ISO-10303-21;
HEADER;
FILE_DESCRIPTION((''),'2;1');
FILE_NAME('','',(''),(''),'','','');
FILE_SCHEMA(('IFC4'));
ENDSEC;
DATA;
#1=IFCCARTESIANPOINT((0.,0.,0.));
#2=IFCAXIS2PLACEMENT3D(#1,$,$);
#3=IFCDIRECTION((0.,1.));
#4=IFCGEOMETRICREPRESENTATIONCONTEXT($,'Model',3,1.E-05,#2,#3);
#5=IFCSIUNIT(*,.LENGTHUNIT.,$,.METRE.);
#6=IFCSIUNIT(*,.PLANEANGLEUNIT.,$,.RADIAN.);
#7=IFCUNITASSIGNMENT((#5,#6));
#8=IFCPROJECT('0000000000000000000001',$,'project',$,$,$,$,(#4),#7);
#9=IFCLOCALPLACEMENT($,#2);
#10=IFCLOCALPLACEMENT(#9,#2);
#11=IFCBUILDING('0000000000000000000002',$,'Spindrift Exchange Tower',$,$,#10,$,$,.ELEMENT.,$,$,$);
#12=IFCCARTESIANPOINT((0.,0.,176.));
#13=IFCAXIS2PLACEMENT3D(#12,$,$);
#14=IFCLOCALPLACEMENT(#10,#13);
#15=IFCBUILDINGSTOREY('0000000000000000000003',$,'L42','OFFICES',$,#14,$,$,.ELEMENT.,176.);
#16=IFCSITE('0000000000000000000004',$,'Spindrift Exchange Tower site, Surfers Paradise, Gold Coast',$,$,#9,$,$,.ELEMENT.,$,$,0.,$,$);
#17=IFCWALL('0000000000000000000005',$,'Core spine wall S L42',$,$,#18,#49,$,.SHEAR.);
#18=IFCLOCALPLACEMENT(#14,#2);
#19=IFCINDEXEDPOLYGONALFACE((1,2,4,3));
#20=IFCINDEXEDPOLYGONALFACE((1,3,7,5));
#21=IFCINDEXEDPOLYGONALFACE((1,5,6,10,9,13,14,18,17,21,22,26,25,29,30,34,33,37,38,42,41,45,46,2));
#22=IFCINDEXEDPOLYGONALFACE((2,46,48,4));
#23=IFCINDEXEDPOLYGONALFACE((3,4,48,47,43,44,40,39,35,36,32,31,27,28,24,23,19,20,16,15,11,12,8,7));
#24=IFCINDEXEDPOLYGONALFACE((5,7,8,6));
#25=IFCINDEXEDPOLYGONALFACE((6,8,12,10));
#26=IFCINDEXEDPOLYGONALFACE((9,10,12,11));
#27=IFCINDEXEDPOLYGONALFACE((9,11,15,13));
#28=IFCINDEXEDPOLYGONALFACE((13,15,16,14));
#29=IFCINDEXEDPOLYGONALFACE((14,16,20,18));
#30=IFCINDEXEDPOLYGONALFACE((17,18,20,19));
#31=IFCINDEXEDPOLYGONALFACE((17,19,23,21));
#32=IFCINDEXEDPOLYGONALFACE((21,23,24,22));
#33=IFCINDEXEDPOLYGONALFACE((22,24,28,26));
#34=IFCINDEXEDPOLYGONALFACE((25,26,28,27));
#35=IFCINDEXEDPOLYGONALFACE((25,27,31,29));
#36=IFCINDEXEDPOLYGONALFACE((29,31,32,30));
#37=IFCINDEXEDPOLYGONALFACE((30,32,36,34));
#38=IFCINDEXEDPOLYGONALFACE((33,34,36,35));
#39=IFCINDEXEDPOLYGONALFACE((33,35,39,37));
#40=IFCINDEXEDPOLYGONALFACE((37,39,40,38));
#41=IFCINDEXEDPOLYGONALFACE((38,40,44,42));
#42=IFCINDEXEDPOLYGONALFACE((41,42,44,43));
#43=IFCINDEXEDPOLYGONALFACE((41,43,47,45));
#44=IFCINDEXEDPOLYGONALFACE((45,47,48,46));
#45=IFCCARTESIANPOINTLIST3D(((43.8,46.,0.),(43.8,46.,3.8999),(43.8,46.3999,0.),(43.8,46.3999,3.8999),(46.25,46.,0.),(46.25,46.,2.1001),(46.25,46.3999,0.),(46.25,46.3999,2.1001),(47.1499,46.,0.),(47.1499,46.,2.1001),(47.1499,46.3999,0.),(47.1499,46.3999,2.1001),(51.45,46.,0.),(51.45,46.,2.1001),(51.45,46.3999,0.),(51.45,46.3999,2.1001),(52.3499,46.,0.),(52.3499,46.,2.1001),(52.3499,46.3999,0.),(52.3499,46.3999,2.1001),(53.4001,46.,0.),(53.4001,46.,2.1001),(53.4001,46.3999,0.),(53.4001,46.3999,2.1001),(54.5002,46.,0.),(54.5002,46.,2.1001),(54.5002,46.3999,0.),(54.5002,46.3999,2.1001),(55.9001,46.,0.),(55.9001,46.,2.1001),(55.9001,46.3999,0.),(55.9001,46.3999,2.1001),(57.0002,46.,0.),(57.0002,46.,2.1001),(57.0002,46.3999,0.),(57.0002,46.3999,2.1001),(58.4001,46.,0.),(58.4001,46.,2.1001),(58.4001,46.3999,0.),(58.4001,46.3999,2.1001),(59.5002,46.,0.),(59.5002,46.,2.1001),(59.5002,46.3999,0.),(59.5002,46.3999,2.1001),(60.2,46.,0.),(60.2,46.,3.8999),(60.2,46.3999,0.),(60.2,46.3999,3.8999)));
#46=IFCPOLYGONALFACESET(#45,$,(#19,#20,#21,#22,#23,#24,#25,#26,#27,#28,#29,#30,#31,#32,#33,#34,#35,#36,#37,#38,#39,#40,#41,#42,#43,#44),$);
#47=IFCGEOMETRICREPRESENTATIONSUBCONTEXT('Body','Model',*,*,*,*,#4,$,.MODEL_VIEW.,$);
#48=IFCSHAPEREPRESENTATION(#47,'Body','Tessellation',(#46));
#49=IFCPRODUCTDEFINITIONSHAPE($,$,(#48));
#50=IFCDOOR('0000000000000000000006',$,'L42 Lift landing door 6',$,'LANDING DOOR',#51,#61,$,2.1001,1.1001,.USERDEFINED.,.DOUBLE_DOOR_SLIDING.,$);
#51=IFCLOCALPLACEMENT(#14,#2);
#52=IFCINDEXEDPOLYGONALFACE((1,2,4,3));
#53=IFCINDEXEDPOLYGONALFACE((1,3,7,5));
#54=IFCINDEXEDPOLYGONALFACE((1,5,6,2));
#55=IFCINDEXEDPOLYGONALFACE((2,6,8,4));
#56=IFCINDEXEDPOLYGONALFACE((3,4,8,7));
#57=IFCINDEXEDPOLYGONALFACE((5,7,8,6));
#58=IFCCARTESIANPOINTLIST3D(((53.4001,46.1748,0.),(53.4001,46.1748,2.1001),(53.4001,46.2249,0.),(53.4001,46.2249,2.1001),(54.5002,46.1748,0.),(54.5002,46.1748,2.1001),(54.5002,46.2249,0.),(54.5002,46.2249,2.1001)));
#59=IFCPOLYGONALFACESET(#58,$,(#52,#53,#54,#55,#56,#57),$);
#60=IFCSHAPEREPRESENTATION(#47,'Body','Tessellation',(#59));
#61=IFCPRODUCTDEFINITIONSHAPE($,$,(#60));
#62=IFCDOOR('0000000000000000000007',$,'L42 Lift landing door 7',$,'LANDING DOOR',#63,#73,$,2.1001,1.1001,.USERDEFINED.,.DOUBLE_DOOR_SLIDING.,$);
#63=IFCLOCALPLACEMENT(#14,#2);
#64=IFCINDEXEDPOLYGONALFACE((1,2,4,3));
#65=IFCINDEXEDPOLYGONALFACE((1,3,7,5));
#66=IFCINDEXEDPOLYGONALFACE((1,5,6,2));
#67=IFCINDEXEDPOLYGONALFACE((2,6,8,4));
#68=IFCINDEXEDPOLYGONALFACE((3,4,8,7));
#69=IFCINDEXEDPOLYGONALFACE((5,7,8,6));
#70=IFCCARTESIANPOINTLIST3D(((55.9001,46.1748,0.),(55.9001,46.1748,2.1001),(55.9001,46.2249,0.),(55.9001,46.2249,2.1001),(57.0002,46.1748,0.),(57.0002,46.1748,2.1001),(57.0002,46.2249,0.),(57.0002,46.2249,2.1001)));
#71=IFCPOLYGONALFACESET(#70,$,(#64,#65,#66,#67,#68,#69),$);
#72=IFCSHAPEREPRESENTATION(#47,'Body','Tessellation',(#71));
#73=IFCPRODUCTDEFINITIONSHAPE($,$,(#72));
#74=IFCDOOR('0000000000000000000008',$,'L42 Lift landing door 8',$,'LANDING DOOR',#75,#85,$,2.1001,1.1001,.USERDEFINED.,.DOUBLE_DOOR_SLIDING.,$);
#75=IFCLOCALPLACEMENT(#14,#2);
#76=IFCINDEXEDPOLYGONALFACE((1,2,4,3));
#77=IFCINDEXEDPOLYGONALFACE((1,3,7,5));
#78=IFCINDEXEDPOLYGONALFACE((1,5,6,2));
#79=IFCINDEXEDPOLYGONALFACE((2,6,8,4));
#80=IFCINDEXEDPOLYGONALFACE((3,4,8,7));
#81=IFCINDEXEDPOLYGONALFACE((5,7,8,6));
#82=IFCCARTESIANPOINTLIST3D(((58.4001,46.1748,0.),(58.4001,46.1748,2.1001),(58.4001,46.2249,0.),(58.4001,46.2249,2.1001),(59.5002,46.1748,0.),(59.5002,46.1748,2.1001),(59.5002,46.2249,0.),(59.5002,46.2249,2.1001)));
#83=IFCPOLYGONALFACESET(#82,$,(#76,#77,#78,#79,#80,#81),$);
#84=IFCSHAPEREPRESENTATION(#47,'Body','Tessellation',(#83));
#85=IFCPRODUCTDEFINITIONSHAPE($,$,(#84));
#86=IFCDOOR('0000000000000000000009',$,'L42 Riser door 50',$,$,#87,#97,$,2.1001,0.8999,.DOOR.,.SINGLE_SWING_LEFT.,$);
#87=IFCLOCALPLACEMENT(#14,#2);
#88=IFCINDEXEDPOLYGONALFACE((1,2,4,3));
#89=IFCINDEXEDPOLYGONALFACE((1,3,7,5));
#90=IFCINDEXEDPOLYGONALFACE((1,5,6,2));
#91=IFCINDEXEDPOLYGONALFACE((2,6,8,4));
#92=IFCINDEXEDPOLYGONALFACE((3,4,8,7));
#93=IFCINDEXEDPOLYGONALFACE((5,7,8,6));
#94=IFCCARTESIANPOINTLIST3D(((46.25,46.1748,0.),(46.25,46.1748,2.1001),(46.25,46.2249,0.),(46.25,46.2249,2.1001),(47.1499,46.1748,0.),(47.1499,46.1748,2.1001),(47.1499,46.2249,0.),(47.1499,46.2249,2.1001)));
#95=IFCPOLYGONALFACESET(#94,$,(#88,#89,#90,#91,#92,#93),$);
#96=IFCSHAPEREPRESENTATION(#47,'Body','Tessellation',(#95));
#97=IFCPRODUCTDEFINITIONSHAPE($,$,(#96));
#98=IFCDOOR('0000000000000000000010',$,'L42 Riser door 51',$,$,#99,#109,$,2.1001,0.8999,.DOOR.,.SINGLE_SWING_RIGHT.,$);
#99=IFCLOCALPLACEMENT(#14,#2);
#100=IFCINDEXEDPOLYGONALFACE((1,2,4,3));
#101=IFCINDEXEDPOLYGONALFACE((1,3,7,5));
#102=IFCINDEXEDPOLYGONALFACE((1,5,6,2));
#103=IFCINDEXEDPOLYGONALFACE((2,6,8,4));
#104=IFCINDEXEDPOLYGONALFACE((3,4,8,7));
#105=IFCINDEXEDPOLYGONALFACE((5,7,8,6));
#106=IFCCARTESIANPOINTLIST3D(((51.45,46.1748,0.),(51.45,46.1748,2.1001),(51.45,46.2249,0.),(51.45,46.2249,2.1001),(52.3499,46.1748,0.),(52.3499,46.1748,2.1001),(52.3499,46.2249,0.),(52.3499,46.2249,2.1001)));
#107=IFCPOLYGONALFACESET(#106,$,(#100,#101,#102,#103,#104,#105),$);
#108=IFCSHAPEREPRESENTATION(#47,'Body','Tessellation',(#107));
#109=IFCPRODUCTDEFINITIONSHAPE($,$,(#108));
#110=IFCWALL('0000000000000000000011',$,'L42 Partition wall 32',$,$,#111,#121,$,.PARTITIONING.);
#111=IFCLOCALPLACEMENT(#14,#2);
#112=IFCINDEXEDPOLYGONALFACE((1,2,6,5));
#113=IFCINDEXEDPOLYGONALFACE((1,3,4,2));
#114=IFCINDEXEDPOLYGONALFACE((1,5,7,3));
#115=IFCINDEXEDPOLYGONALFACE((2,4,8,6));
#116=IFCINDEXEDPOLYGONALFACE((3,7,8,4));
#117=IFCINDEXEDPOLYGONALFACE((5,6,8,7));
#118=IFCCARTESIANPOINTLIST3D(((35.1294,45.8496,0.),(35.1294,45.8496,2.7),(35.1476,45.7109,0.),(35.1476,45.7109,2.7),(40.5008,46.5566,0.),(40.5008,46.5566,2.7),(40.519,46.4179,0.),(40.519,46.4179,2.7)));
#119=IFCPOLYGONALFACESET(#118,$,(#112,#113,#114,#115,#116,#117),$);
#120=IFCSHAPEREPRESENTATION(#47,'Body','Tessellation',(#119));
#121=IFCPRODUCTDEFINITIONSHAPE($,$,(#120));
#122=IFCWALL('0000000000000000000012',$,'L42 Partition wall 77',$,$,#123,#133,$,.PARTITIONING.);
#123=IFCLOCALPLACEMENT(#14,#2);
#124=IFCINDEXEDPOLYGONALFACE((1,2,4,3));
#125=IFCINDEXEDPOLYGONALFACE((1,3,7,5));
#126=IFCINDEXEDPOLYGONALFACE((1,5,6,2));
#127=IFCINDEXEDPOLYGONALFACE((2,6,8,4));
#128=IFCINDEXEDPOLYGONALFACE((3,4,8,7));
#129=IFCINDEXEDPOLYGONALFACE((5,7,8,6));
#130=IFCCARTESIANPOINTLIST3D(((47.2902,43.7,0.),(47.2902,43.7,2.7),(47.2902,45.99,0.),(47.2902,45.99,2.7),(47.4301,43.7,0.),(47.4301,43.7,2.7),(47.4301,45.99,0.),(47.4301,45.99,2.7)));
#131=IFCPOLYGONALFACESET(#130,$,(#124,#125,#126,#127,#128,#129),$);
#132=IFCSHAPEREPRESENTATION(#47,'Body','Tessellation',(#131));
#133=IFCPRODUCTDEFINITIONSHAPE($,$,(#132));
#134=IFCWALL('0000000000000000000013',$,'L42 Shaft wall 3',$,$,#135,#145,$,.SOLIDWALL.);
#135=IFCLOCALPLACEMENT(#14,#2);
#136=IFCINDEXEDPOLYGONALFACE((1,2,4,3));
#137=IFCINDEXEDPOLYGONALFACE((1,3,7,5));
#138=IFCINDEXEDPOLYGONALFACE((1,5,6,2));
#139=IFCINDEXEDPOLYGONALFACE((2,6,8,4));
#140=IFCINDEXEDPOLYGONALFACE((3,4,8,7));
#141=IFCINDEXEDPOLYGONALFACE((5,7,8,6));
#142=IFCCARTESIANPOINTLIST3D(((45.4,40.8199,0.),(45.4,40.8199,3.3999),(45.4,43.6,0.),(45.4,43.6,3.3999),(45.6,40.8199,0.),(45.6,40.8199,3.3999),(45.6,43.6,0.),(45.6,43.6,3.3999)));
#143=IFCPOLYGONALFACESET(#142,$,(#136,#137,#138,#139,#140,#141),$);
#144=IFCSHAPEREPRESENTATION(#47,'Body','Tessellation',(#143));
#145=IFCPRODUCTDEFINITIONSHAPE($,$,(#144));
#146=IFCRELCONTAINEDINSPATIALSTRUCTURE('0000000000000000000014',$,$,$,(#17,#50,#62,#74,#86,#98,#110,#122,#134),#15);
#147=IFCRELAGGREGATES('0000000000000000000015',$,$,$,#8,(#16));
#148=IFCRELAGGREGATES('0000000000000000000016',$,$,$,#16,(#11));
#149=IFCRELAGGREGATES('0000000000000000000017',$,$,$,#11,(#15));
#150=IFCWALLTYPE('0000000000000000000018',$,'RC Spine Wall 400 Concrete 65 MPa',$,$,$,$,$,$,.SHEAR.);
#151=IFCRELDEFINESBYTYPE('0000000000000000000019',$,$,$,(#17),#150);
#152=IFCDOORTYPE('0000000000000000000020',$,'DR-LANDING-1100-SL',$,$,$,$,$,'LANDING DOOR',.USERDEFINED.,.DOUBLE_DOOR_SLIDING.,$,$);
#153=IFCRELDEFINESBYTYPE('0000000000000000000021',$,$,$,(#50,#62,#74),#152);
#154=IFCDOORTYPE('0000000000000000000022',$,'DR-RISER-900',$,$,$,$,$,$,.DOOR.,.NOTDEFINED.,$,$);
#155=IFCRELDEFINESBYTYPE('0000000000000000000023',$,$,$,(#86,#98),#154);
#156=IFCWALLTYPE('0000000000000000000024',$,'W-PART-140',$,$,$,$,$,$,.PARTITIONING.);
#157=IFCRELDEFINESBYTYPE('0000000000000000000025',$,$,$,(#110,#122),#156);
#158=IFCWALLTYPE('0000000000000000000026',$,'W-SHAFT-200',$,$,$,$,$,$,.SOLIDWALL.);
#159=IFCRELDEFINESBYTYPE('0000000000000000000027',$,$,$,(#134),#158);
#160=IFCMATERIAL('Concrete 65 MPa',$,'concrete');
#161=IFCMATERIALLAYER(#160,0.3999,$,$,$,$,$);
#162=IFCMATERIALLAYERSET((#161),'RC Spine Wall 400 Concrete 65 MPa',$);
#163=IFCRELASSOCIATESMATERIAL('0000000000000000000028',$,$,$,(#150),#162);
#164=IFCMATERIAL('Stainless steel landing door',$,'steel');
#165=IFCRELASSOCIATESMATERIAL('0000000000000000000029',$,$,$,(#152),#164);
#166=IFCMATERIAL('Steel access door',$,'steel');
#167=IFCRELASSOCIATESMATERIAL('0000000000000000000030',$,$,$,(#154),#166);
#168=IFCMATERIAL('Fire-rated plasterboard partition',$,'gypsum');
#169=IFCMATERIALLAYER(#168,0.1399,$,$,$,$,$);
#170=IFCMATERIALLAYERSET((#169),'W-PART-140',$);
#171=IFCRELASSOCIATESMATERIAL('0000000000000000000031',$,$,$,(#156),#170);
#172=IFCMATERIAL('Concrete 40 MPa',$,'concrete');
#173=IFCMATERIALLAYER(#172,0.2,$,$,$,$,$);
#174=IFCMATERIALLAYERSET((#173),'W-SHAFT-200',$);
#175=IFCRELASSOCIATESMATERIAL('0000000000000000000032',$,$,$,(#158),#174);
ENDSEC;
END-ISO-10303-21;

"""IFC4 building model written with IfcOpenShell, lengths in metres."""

from ifc_helpers import new_model, si_unit, direction, frame, frame_2d, origin, place, context, subcontext, project, spatial, rectangle, extrude, source, transform, mapped, material, layer, layer_set, type_object, element, fill, save


model = new_model("IFC4")

# Units and contexts
model_context = context("Model", 3, precision=1e-05, world=origin(), true_north=direction((0.0, 1.0)))
body_context = subcontext(model_context, "Body", "Model", "MODEL_VIEW")
ifc_project = project(units=[si_unit("LENGTHUNIT", "METRE"), si_unit("PLANEANGLEUNIT", "RADIAN")], contexts=[model_context])

# Site, building, storey
site_placement = place(None, origin())
site = spatial("IfcSite", under=ifc_project, at=site_placement, Name="Spindrift Exchange Tower site, Surfers Paradise, Gold Coast", CompositionType="ELEMENT", RefElevation=0.0)
building_placement = place(site_placement, origin())
building = spatial("IfcBuilding", under=site, at=building_placement, Name="Spindrift Exchange Tower", CompositionType="ELEMENT")
storey_placement = place(building_placement, frame((0.0, 0.0, 176.0)))
storey = spatial("IfcBuildingStorey", under=building, at=storey_placement, Name="L42", Description="OFFICES", CompositionType="ELEMENT", Elevation=176.0)

# Wall, openings, doors
ifc_material_1 = material(Name="Concrete 65 MPa", Category="concrete")
ifc_material_2 = material(Name="Steel access door", Category="steel")
ifc_layer_1 = layer(ifc_material_1, 0.3999)
ifc_layer_set_1 = layer_set([ifc_layer_1], Name="RC Spine Wall 400 Concrete 65 MPa")
wall_type_1 = type_object("IfcWallType", Name="RC Spine Wall 400 Concrete 65 MPa", PredefinedType="SHEAR", material=ifc_layer_set_1)
wall_1_placement = place(storey_placement, frame((43.8, 46.2, 0.0), z_axis=(0.0, 0.0, 1.0), x_axis=(1.0, 0.0, 0.0)))
wall_1 = element("IfcWall", 1, at=wall_1_placement, inside=storey, type_object=wall_type_1, Name="Core spine wall S L42", PredefinedType="SHEAR", context=body_context, shape_type="SweptSolid", body=[
    extrude(rectangle(XDim=16.3999, YDim=0.3999, at=frame_2d((8.2, 0.0))), origin(), (0.0, 0.0, 1.0), 3.8999),
])
opening_1_placement = place(wall_1_placement, frame((9.6001, 0.0, 0.0)))
opening_1 = element("IfcOpeningElement", 2, at=opening_1_placement, cuts=wall_1, PredefinedType="OPENING", context=body_context, shape_type="SweptSolid", body=[
    extrude(rectangle(XDim=1.1001, YDim=2.1001, at=frame_2d((0.55, 1.05))), frame((0.0, 0.21, 0.0), z_axis=(0.0, -1.0, 0.0), x_axis=(1.0, 0.0, 0.0)), (0.0, 0.0, 1.0), 0.4199),
])
opening_2_placement = place(wall_1_placement, frame((12.1001, 0.0, 0.0)))
opening_2 = element("IfcOpeningElement", 3, at=opening_2_placement, cuts=wall_1, PredefinedType="OPENING", context=body_context, shape_type="SweptSolid", body=[
    extrude(rectangle(XDim=1.1001, YDim=2.1001, at=frame_2d((0.55, 1.05))), frame((0.0, 0.21, 0.0), z_axis=(0.0, -1.0, 0.0), x_axis=(1.0, 0.0, 0.0)), (0.0, 0.0, 1.0), 0.4199),
])
opening_3_placement = place(wall_1_placement, frame((14.6001, 0.0, 0.0)))
opening_3 = element("IfcOpeningElement", 4, at=opening_3_placement, cuts=wall_1, PredefinedType="OPENING", context=body_context, shape_type="SweptSolid", body=[
    extrude(rectangle(XDim=1.1001, YDim=2.1001, at=frame_2d((0.55, 1.05))), frame((0.0, 0.21, 0.0), z_axis=(0.0, -1.0, 0.0), x_axis=(1.0, 0.0, 0.0)), (0.0, 0.0, 1.0), 0.4199),
])
opening_4_placement = place(wall_1_placement, frame((2.45, 0.0, 0.0)))
opening_4 = element("IfcOpeningElement", 5, at=opening_4_placement, cuts=wall_1, PredefinedType="OPENING", context=body_context, shape_type="SweptSolid", body=[
    extrude(rectangle(XDim=0.8999, YDim=2.1001, at=frame_2d((0.45, 1.05))), frame((0.0, 0.21, 0.0), z_axis=(0.0, -1.0, 0.0), x_axis=(1.0, 0.0, 0.0)), (0.0, 0.0, 1.0), 0.4199),
])
opening_5_placement = place(wall_1_placement, frame((7.6499, 0.0, 0.0)))
opening_5 = element("IfcOpeningElement", 6, at=opening_5_placement, cuts=wall_1, PredefinedType="OPENING", context=body_context, shape_type="SweptSolid", body=[
    extrude(rectangle(XDim=0.8999, YDim=2.1001, at=frame_2d((0.45, 1.05))), frame((0.0, 0.21, 0.0), z_axis=(0.0, -1.0, 0.0), x_axis=(1.0, 0.0, 0.0)), (0.0, 0.0, 1.0), 0.4199),
])
ifc_material_3 = material(Name="Stainless steel landing door", Category="steel")
door_type_1 = type_object("IfcDoorType", Name="DR-LANDING-1100-SL", ElementType="LANDING DOOR", OperationType="DOUBLE_DOOR_SLIDING", PredefinedType="USERDEFINED", material=ifc_material_3)
shared_shape_1 = source(origin(), body_context, "Body", "SweptSolid", [
    extrude(rectangle(XDim=1.1001, YDim=2.1001, at=frame_2d((0.55, 1.05))), frame((0.0, 0.0249, 0.0), z_axis=(0.0, -1.0, 0.0), x_axis=(1.0, 0.0, 0.0)), (0.0, 0.0, 1.0), 0.05),
])
door_1_placement = place(opening_1_placement, origin())
door_1 = element("IfcDoor", 7, at=door_1_placement, inside=storey, type_object=door_type_1, Name="L42 Lift landing door 6", ObjectType="LANDING DOOR", OperationType="DOUBLE_DOOR_SLIDING", OverallHeight=2.1001, OverallWidth=1.1001, PredefinedType="USERDEFINED", context=body_context, shape_type="MappedRepresentation", body=[
    mapped(shared_shape_1, transform((0.0, 0.0, 0.0), scale=1.0)),
])
fill(opening_1, door_1)
door_2_placement = place(opening_2_placement, origin())
door_2 = element("IfcDoor", 8, at=door_2_placement, inside=storey, type_object=door_type_1, Name="L42 Lift landing door 7", ObjectType="LANDING DOOR", OperationType="DOUBLE_DOOR_SLIDING", OverallHeight=2.1001, OverallWidth=1.1001, PredefinedType="USERDEFINED", context=body_context, shape_type="MappedRepresentation", body=[
    mapped(shared_shape_1, transform((0.0, 0.0, 0.0), scale=1.0)),
])
fill(opening_2, door_2)
door_3_placement = place(opening_3_placement, origin())
door_3 = element("IfcDoor", 9, at=door_3_placement, inside=storey, type_object=door_type_1, Name="L42 Lift landing door 8", ObjectType="LANDING DOOR", OperationType="DOUBLE_DOOR_SLIDING", OverallHeight=2.1001, OverallWidth=1.1001, PredefinedType="USERDEFINED", context=body_context, shape_type="MappedRepresentation", body=[
    mapped(shared_shape_1, transform((0.0, 0.0, 0.0), scale=1.0)),
])
fill(opening_3, door_3)
door_type_2 = type_object("IfcDoorType", Name="DR-RISER-900", OperationType="NOTDEFINED", PredefinedType="DOOR", material=ifc_material_2)
shared_shape_2 = source(origin(), body_context, "Body", "SweptSolid", [
    extrude(rectangle(XDim=0.8999, YDim=2.1001, at=frame_2d((0.45, 1.05))), frame((0.0, 0.0249, 0.0), z_axis=(0.0, -1.0, 0.0), x_axis=(1.0, 0.0, 0.0)), (0.0, 0.0, 1.0), 0.05),
])
door_4_placement = place(opening_4_placement, origin())
door_4 = element("IfcDoor", 10, at=door_4_placement, inside=storey, type_object=door_type_2, Name="L42 Riser door 50", OperationType="SINGLE_SWING_LEFT", OverallHeight=2.1001, OverallWidth=0.8999, PredefinedType="DOOR", context=body_context, shape_type="MappedRepresentation", body=[
    mapped(shared_shape_2, transform((0.0, 0.0, 0.0), scale=1.0)),
])
fill(opening_4, door_4)
door_5_placement = place(opening_5_placement, origin())
door_5 = element("IfcDoor", 11, at=door_5_placement, inside=storey, type_object=door_type_2, Name="L42 Riser door 51", OperationType="SINGLE_SWING_RIGHT", OverallHeight=2.1001, OverallWidth=0.8999, PredefinedType="DOOR", context=body_context, shape_type="MappedRepresentation", body=[
    mapped(shared_shape_2, transform((0.0, 0.0, 0.0), scale=1.0)),
])
fill(opening_5, door_5)

# Walls
ifc_material_4 = material(Name="Fire-rated plasterboard partition", Category="gypsum")
ifc_layer_2 = layer(ifc_material_4, 0.1399)
ifc_layer_set_2 = layer_set([ifc_layer_2], Name="W-PART-140")
wall_type_2 = type_object("IfcWallType", Name="W-PART-140", PredefinedType="PARTITIONING", material=ifc_layer_set_2)
wall_2_placement = place(storey_placement, frame((40.51, 46.4873, 0.0), z_axis=(0.0, 0.0, 1.0), x_axis=(-0.991448, -0.130505, 0.0)))
element("IfcWall", 12, at=wall_2_placement, inside=storey, type_object=wall_type_2, Name="L42 Partition wall 32", PredefinedType="PARTITIONING", context=body_context, shape_type="SweptSolid", body=[
    extrude(rectangle(XDim=5.4177, YDim=0.1399, at=frame_2d((2.709, 0.0))), origin(), (0.0, 0.0, 1.0), 2.7),
])
wall_3_placement = place(storey_placement, frame((47.3601, 43.7, 0.0), z_axis=(0.0, 0.0, 1.0), x_axis=(0.0, 1.0, 0.0)))
element("IfcWall", 13, at=wall_3_placement, inside=storey, type_object=wall_type_2, Name="L42 Partition wall 77", PredefinedType="PARTITIONING", context=body_context, shape_type="SweptSolid", body=[
    extrude(rectangle(XDim=2.29, YDim=0.1399, at=frame_2d((1.145, 0.0))), origin(), (0.0, 0.0, 1.0), 2.7),
])
ifc_material_5 = material(Name="Concrete 40 MPa", Category="concrete")
ifc_layer_3 = layer(ifc_material_5, 0.2)
ifc_layer_set_3 = layer_set([ifc_layer_3], Name="W-SHAFT-200")
wall_type_3 = type_object("IfcWallType", Name="W-SHAFT-200", PredefinedType="SOLIDWALL", material=ifc_layer_set_3)
wall_4_placement = place(storey_placement, frame((45.5, 43.6001, 0.0), z_axis=(0.0, 0.0, 1.0), x_axis=(0.0, -1.0, 0.0)))
element("IfcWall", 14, at=wall_4_placement, inside=storey, type_object=wall_type_3, Name="L42 Shaft wall 3", PredefinedType="SOLIDWALL", context=body_context, shape_type="SweptSolid", body=[
    extrude(rectangle(XDim=2.78, YDim=0.2, at=frame_2d((1.3901, 0.0))), origin(), (0.0, 0.0, 1.0), 3.3999),
])

save(model, "model.ifc")
